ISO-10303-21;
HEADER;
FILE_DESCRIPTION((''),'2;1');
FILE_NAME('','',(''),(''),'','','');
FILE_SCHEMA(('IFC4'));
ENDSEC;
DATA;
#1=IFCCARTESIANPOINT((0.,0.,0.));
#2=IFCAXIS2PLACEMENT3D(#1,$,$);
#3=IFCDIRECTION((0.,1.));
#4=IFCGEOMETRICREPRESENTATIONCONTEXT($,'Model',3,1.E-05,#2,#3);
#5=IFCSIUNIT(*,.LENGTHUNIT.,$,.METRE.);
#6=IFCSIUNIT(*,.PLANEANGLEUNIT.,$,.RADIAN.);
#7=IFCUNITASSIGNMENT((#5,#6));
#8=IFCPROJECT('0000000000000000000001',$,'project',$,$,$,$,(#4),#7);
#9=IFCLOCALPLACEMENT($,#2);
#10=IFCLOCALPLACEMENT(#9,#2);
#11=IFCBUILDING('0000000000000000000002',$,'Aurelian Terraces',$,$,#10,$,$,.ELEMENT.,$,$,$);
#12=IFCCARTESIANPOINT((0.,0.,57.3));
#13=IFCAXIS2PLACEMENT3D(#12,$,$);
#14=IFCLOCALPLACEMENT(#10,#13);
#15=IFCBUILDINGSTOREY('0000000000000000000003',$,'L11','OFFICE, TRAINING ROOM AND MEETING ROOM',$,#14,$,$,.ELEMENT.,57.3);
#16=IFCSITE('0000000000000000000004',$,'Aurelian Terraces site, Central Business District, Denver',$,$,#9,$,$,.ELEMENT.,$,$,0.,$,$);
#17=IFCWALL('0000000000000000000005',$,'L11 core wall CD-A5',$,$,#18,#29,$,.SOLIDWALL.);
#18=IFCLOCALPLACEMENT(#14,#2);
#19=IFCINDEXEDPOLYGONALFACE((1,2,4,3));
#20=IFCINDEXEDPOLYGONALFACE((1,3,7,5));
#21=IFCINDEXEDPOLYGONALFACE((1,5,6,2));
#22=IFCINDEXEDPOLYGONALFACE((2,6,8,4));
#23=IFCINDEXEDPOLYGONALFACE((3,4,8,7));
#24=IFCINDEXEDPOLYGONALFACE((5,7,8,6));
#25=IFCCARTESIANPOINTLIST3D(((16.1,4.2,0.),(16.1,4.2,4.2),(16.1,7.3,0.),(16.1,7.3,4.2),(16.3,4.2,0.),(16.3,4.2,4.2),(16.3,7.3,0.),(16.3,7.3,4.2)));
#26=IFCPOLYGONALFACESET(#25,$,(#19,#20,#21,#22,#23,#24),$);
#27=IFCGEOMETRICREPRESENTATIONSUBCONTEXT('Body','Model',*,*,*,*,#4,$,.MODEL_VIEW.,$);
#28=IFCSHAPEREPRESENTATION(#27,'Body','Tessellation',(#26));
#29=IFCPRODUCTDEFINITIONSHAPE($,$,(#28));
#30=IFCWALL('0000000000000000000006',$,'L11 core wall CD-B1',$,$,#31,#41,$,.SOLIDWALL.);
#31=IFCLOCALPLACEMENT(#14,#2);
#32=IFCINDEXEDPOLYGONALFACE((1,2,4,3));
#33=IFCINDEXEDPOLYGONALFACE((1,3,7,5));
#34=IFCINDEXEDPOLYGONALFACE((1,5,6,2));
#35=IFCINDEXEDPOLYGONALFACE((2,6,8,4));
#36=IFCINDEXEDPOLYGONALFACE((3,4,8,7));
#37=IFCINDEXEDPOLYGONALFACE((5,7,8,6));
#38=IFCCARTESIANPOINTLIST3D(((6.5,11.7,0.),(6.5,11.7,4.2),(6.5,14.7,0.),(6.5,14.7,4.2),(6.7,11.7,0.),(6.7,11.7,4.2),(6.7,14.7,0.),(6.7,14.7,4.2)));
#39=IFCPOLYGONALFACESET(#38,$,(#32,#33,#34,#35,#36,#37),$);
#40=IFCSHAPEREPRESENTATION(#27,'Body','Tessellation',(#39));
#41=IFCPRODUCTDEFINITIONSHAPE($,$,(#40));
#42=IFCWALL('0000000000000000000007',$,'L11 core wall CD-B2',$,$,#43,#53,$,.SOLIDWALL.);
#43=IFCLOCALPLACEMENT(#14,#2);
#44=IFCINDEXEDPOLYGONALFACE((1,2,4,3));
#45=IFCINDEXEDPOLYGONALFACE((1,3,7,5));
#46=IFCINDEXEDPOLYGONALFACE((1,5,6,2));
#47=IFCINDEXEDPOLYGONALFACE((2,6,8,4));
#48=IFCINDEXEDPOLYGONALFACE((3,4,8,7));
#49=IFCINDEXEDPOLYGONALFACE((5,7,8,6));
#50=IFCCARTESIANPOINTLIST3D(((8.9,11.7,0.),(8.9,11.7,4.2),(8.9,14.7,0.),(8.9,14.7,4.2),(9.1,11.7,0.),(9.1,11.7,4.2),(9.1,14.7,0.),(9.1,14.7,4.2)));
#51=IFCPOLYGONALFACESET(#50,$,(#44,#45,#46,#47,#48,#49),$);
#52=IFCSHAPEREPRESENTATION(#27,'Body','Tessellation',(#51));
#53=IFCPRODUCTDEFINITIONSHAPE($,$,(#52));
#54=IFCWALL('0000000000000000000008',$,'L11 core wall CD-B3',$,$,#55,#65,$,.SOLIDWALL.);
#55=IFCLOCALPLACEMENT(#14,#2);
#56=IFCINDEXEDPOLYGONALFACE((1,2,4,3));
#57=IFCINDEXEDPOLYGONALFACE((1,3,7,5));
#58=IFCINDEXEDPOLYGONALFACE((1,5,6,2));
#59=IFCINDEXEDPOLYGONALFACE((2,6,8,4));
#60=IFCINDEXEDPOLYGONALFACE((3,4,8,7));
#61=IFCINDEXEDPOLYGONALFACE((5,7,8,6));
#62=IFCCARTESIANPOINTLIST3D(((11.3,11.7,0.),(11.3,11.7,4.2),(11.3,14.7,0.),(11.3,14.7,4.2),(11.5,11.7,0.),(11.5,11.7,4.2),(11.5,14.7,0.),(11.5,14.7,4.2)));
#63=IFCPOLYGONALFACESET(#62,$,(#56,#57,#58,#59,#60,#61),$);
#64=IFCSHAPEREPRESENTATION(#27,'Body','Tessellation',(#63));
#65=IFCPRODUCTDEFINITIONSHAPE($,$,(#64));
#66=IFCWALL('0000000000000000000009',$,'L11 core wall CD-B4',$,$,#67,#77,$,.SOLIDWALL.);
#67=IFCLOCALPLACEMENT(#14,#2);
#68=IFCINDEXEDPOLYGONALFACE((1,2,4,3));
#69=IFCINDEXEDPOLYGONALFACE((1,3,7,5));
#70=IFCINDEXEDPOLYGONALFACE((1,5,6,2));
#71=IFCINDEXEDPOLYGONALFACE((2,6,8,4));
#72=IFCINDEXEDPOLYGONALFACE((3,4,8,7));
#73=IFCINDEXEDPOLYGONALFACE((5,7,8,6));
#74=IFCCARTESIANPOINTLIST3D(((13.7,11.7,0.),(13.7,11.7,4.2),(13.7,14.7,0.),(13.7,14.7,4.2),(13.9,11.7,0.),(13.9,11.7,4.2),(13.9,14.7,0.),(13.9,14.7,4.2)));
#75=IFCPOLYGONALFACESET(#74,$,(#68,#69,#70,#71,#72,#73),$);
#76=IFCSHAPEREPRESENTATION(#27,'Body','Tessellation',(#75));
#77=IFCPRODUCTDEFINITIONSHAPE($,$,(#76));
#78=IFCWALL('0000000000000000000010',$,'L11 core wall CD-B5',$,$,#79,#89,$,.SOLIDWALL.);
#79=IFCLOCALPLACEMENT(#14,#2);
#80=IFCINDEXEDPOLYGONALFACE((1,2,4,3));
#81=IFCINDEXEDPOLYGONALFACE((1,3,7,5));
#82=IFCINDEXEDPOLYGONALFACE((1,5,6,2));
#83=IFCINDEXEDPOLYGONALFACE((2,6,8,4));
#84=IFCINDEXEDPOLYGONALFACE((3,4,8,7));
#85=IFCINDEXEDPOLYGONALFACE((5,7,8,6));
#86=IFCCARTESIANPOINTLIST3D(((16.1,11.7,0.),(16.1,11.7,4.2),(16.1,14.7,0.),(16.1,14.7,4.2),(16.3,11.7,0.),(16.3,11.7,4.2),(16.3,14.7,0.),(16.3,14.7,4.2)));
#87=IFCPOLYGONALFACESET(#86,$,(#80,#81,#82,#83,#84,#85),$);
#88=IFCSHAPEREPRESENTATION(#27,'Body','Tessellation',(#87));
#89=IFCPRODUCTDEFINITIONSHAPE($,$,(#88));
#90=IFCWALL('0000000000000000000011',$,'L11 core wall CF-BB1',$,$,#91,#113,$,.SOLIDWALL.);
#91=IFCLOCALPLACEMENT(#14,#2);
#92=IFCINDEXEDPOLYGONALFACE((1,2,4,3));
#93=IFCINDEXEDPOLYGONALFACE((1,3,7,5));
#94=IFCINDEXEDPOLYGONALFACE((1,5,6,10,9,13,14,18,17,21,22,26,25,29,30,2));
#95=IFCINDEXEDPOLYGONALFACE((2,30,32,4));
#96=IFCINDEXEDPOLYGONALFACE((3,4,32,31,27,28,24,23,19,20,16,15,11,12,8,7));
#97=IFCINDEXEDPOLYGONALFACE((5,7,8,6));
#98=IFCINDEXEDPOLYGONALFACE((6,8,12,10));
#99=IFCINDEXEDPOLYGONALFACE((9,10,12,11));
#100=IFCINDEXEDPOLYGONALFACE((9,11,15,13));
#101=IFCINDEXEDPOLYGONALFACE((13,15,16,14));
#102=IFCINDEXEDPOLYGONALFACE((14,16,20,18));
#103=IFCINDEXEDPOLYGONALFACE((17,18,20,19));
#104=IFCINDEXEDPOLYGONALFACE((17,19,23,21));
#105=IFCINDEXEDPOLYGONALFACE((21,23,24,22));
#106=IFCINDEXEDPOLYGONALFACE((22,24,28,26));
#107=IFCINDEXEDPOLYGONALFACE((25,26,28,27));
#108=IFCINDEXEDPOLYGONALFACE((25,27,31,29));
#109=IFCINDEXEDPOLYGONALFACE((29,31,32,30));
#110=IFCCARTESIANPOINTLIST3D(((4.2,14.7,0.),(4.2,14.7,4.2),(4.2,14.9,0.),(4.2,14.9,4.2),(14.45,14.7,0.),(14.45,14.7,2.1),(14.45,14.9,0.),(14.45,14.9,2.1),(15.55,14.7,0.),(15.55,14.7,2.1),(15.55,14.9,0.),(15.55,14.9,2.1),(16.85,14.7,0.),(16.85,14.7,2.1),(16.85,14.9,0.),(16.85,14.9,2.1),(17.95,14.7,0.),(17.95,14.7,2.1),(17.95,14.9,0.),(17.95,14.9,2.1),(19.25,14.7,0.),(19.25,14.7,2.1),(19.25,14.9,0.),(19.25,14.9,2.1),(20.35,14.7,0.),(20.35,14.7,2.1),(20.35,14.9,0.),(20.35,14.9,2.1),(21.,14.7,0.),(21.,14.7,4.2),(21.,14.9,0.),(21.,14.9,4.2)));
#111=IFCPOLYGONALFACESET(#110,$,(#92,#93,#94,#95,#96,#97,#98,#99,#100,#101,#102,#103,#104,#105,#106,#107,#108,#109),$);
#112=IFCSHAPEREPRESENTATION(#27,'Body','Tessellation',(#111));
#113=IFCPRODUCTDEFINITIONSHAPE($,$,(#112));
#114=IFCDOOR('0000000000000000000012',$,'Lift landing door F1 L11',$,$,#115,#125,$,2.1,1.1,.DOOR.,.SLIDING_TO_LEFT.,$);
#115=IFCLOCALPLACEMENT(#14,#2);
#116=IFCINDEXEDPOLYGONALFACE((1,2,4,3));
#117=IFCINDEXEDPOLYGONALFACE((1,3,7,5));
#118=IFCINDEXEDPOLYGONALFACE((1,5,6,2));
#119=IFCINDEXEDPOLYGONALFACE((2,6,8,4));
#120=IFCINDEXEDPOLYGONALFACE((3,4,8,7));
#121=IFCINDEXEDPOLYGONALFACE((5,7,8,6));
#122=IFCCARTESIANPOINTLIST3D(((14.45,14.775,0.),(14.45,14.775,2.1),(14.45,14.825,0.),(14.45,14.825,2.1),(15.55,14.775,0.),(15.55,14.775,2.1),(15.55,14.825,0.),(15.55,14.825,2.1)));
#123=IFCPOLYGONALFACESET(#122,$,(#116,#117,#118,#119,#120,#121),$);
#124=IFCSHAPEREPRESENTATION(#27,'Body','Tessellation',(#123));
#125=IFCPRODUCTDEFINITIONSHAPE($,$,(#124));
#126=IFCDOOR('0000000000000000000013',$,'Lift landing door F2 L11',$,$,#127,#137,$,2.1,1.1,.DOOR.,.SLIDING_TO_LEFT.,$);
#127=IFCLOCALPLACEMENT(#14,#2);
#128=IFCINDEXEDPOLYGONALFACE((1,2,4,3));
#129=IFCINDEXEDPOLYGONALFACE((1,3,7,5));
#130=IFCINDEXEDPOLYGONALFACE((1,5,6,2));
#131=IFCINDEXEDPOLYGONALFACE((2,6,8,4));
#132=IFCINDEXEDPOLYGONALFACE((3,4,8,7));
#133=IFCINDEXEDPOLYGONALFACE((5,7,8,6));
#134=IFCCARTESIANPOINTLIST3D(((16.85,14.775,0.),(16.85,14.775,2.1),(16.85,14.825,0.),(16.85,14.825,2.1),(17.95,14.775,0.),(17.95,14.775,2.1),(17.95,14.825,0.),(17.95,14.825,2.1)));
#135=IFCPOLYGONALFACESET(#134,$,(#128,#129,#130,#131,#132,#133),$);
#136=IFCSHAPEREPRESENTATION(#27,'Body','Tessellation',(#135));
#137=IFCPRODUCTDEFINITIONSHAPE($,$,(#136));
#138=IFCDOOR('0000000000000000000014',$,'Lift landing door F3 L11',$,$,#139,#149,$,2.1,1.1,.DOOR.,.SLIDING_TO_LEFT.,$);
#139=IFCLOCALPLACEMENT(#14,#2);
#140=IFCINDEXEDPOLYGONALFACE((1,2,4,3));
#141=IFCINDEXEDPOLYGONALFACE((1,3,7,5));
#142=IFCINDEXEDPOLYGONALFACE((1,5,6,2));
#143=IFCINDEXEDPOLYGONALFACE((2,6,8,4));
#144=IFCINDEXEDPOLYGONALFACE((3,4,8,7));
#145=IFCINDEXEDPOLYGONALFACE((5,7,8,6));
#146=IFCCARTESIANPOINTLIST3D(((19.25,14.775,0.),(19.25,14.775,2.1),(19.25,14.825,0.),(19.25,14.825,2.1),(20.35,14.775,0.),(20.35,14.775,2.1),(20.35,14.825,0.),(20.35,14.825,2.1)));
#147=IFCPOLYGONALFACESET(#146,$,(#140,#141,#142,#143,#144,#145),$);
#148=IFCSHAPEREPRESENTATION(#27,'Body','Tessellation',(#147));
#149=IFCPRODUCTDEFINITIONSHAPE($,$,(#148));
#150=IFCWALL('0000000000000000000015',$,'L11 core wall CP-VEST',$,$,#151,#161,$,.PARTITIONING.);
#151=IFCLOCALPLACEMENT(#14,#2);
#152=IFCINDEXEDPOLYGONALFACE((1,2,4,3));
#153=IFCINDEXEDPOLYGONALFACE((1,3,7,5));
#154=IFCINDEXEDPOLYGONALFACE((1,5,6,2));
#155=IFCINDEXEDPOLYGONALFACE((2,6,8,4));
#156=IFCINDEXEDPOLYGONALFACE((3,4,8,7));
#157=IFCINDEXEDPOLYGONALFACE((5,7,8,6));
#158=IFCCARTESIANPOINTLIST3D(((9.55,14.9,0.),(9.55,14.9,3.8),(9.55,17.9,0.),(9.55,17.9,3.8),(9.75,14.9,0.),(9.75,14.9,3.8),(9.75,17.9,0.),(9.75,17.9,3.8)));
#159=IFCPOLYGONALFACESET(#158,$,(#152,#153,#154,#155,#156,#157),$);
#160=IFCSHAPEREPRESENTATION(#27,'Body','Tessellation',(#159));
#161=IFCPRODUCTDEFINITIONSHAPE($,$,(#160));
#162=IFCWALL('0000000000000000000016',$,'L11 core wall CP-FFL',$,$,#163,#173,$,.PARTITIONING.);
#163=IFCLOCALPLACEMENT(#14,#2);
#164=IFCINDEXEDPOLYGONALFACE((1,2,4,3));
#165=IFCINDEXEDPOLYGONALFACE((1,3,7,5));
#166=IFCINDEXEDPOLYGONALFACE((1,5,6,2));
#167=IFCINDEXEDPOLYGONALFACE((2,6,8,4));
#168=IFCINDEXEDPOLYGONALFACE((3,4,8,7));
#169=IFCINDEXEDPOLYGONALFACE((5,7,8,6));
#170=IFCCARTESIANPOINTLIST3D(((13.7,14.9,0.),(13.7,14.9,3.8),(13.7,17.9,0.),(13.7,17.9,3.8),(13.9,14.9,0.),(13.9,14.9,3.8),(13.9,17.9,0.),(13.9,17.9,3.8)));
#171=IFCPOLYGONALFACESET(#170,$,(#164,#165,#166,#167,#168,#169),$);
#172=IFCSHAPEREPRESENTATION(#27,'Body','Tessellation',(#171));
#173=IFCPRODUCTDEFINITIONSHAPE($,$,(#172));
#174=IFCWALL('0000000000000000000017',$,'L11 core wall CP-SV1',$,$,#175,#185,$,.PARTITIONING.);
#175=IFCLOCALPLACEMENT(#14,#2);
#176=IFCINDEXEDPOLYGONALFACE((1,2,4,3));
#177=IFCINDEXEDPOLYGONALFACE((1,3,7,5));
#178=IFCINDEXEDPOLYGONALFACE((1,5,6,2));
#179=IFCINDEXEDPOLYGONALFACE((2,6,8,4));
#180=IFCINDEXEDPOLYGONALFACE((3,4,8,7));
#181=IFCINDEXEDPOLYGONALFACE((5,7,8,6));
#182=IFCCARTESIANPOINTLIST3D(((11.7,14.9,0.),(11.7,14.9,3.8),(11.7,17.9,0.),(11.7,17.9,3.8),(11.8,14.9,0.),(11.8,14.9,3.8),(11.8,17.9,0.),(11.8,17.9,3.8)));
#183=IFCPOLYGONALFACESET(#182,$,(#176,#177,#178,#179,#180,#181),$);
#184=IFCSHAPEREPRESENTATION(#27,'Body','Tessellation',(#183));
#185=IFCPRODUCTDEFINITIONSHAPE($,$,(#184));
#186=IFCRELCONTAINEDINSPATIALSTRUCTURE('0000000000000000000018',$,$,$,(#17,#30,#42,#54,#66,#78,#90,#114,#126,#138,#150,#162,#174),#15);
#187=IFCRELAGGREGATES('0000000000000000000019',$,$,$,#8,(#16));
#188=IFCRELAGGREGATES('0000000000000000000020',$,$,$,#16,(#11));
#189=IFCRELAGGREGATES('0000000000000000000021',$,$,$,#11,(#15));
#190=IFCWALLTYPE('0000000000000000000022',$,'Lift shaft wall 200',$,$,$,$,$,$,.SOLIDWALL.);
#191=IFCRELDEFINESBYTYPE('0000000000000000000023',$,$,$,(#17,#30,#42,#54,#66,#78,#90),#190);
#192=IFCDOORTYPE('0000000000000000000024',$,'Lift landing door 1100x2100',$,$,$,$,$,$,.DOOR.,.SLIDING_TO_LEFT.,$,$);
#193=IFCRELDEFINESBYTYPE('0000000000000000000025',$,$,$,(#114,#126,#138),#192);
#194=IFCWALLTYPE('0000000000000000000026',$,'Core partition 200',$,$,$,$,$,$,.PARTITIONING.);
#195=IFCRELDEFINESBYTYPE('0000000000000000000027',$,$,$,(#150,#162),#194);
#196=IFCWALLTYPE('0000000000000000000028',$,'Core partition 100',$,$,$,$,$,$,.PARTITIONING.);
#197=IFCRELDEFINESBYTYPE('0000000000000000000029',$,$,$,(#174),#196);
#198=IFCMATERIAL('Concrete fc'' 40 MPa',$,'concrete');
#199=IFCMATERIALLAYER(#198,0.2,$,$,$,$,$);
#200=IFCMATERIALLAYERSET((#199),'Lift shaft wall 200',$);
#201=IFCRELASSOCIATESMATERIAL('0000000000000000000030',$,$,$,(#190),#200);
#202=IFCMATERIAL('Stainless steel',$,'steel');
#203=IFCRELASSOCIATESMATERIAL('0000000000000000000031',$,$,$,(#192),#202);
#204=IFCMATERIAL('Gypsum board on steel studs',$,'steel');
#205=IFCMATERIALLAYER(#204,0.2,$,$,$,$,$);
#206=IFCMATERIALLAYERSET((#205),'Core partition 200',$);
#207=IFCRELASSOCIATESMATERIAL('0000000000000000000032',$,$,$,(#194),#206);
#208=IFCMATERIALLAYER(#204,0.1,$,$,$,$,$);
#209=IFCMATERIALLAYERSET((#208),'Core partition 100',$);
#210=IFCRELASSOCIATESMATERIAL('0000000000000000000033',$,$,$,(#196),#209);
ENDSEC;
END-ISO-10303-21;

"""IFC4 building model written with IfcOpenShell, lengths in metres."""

from ifc_helpers import new_model, si_unit, direction, frame, frame_2d, origin, place, context, subcontext, project, spatial, rectangle, extrude, source, transform, mapped, material, layer, layer_set, type_object, element, fill, save


model = new_model("IFC4")

# Units and contexts
model_context = context("Model", 3, precision=1e-05, world=origin(), true_north=direction((0.0, 1.0)))
body_context = subcontext(model_context, "Body", "Model", "MODEL_VIEW")
ifc_project = project(units=[si_unit("LENGTHUNIT", "METRE"), si_unit("PLANEANGLEUNIT", "RADIAN")], contexts=[model_context])

# Site, building, storey
site_placement = place(None, origin())
site = spatial("IfcSite", under=ifc_project, at=site_placement, Name="Aurelian Terraces site, Central Business District, Denver", CompositionType="ELEMENT", RefElevation=0.0)
building_placement = place(site_placement, origin())
building = spatial("IfcBuilding", under=site, at=building_placement, Name="Aurelian Terraces", CompositionType="ELEMENT")
storey_placement = place(building_placement, frame((0.0, 0.0, 57.3)))
storey = spatial("IfcBuildingStorey", under=building, at=storey_placement, Name="L11", Description="OFFICE, TRAINING ROOM AND MEETING ROOM", CompositionType="ELEMENT", Elevation=57.3)

# Walls
ifc_material_1 = material(Name="Concrete fc' 40 MPa", Category="concrete")
ifc_layer_1 = layer(ifc_material_1, 0.2)
ifc_layer_set_1 = layer_set([ifc_layer_1], Name="Lift shaft wall 200")
wall_type_1 = type_object("IfcWallType", Name="Lift shaft wall 200", PredefinedType="SOLIDWALL", material=ifc_layer_set_1)
shared_shape_1 = source(origin(), body_context, "Body", "SweptSolid", [
    extrude(rectangle(XDim=3.1, YDim=0.2, at=frame_2d((1.55, 0.0))), origin(), (0.0, 0.0, 1.0), 4.2),
])
wall_1_placement = place(storey_placement, frame((16.2, 4.2, 0.0), z_axis=(0.0, 0.0, 1.0), x_axis=(0.0, 1.0, 0.0)))
element("IfcWall", 1, at=wall_1_placement, inside=storey, type_object=wall_type_1, Name="L11 core wall CD-A5", PredefinedType="SOLIDWALL", context=body_context, shape_type="MappedRepresentation", body=[
    mapped(shared_shape_1, transform((0.0, 0.0, 0.0), scale=1.0)),
])
shared_shape_2 = source(origin(), body_context, "Body", "SweptSolid", [
    extrude(rectangle(XDim=3.0, YDim=0.2, at=frame_2d((1.5, 0.0))), origin(), (0.0, 0.0, 1.0), 4.2),
])
for number, where, z_axis, x_axis, name in (
    (2, (6.6, 11.7, 0.0), (0.0, 0.0, 1.0), (0.0, 1.0, 0.0), "L11 core wall CD-B1"),
    (3, (9.0, 11.7, 0.0), (0.0, 0.0, 1.0), (0.0, 1.0, 0.0), "L11 core wall CD-B2"),
    (4, (11.4, 11.7, 0.0), (0.0, 0.0, 1.0), (0.0, 1.0, 0.0), "L11 core wall CD-B3"),
    (5, (13.8, 11.7, 0.0), (0.0, 0.0, 1.0), (0.0, 1.0, 0.0), "L11 core wall CD-B4"),
    (6, (16.2, 11.7, 0.0), (0.0, 0.0, 1.0), (0.0, 1.0, 0.0), "L11 core wall CD-B5"),
):
    element("IfcWall", number, at=place(storey_placement, frame(where, z_axis=z_axis, x_axis=x_axis)), inside=storey, type_object=wall_type_1, Name=name, PredefinedType="SOLIDWALL", context=body_context, shape_type="MappedRepresentation", body=[
        mapped(shared_shape_2, transform((0.0, 0.0, 0.0), scale=1.0)),
    ])

# Wall, openings, doors
shared_shape_3 = source(origin(), body_context, "Body", "SweptSolid", [
    extrude(rectangle(XDim=16.8, YDim=0.2, at=frame_2d((8.4, 0.0))), origin(), (0.0, 0.0, 1.0), 4.2),
])
wall_2_placement = place(storey_placement, frame((4.2, 14.8, 0.0), z_axis=(0.0, 0.0, 1.0), x_axis=(1.0, 0.0, 0.0)))
wall_2 = element("IfcWall", 7, at=wall_2_placement, inside=storey, type_object=wall_type_1, Name="L11 core wall CF-BB1", PredefinedType="SOLIDWALL", context=body_context, shape_type="MappedRepresentation", body=[
    mapped(shared_shape_3, transform((0.0, 0.0, 0.0), scale=1.0)),
])
shared_shape_4 = source(origin(), body_context, "Body", "SweptSolid", [
    extrude(rectangle(XDim=1.1, YDim=2.1, at=frame_2d((0.55, 1.05))), frame((0.0, 0.11, 0.0), z_axis=(0.0, -1.0, 0.0), x_axis=(1.0, 0.0, 0.0)), (0.0, 0.0, 1.0), 0.22),
])
opening_1_placement = place(wall_2_placement, frame((10.25, 0.0, 0.0)))
opening_1 = element("IfcOpeningElement", 8, at=opening_1_placement, cuts=wall_2, PredefinedType="OPENING", context=body_context, shape_type="MappedRepresentation", body=[
    mapped(shared_shape_4, transform((0.0, 0.0, 0.0), scale=1.0)),
])
opening_2_placement = place(wall_2_placement, frame((12.65, 0.0, 0.0)))
opening_2 = element("IfcOpeningElement", 9, at=opening_2_placement, cuts=wall_2, PredefinedType="OPENING", context=body_context, shape_type="MappedRepresentation", body=[
    mapped(shared_shape_4, transform((0.0, 0.0, 0.0), scale=1.0)),
])
opening_3_placement = place(wall_2_placement, frame((15.05, 0.0, 0.0)))
opening_3 = element("IfcOpeningElement", 10, at=opening_3_placement, cuts=wall_2, PredefinedType="OPENING", context=body_context, shape_type="MappedRepresentation", body=[
    mapped(shared_shape_4, transform((0.0, 0.0, 0.0), scale=1.0)),
])
ifc_material_2 = material(Name="Stainless steel", Category="steel")
door_type_1 = type_object("IfcDoorType", Name="Lift landing door 1100x2100", OperationType="SLIDING_TO_LEFT", PredefinedType="DOOR", material=ifc_material_2)
shared_shape_5 = source(origin(), body_context, "Body", "SweptSolid", [
    extrude(rectangle(XDim=1.1, YDim=2.1, at=frame_2d((0.55, 1.05))), frame((0.0, 0.025, 0.0), z_axis=(0.0, -1.0, 0.0), x_axis=(1.0, 0.0, 0.0)), (0.0, 0.0, 1.0), 0.05),
])
door_1_placement = place(opening_1_placement, origin())
door_1 = element("IfcDoor", 11, at=door_1_placement, inside=storey, type_object=door_type_1, Name="Lift landing door F1 L11", OperationType="SLIDING_TO_LEFT", OverallHeight=2.1, OverallWidth=1.1, PredefinedType="DOOR", context=body_context, shape_type="MappedRepresentation", body=[
    mapped(shared_shape_5, transform((0.0, 0.0, 0.0), scale=1.0)),
])
fill(opening_1, door_1)
door_2_placement = place(opening_2_placement, origin())
door_2 = element("IfcDoor", 12, at=door_2_placement, inside=storey, type_object=door_type_1, Name="Lift landing door F2 L11", OperationType="SLIDING_TO_LEFT", OverallHeight=2.1, OverallWidth=1.1, PredefinedType="DOOR", context=body_context, shape_type="MappedRepresentation", body=[
    mapped(shared_shape_5, transform((0.0, 0.0, 0.0), scale=1.0)),
])
fill(opening_2, door_2)
door_3_placement = place(opening_3_placement, origin())
door_3 = element("IfcDoor", 13, at=door_3_placement, inside=storey, type_object=door_type_1, Name="Lift landing door F3 L11", OperationType="SLIDING_TO_LEFT", OverallHeight=2.1, OverallWidth=1.1, PredefinedType="DOOR", context=body_context, shape_type="MappedRepresentation", body=[
    mapped(shared_shape_5, transform((0.0, 0.0, 0.0), scale=1.0)),
])
fill(opening_3, door_3)

# Walls
ifc_material_3 = material(Name="Gypsum board on steel studs", Category="steel")
ifc_layer_2 = layer(ifc_material_3, 0.2)
ifc_layer_set_2 = layer_set([ifc_layer_2], Name="Core partition 200")
wall_type_2 = type_object("IfcWallType", Name="Core partition 200", PredefinedType="PARTITIONING", material=ifc_layer_set_2)
shared_shape_6 = source(origin(), body_context, "Body", "SweptSolid", [
    extrude(rectangle(XDim=3.0, YDim=0.2, at=frame_2d((1.5, 0.0))), origin(), (0.0, 0.0, 1.0), 3.8),
])
for number, where, z_axis, x_axis, name in (
    (14, (9.65, 14.9, 0.0), (0.0, 0.0, 1.0), (0.0, 1.0, 0.0), "L11 core wall CP-VEST"),
    (15, (13.8, 14.9, 0.0), (0.0, 0.0, 1.0), (0.0, 1.0, 0.0), "L11 core wall CP-FFL"),
):
    element("IfcWall", number, at=place(storey_placement, frame(where, z_axis=z_axis, x_axis=x_axis)), inside=storey, type_object=wall_type_2, Name=name, PredefinedType="PARTITIONING", context=body_context, shape_type="MappedRepresentation", body=[
        mapped(shared_shape_6, transform((0.0, 0.0, 0.0), scale=1.0)),
    ])
ifc_layer_3 = layer(ifc_material_3, 0.1)
ifc_layer_set_3 = layer_set([ifc_layer_3], Name="Core partition 100")
wall_type_3 = type_object("IfcWallType", Name="Core partition 100", PredefinedType="PARTITIONING", material=ifc_layer_set_3)
shared_shape_7 = source(origin(), body_context, "Body", "SweptSolid", [
    extrude(rectangle(XDim=3.0, YDim=0.1, at=frame_2d((1.5, 0.0))), origin(), (0.0, 0.0, 1.0), 3.8),
])
wall_3_placement = place(storey_placement, frame((11.75, 14.9, 0.0), z_axis=(0.0, 0.0, 1.0), x_axis=(0.0, 1.0, 0.0)))
element("IfcWall", 16, at=wall_3_placement, inside=storey, type_object=wall_type_3, Name="L11 core wall CP-SV1", PredefinedType="PARTITIONING", context=body_context, shape_type="MappedRepresentation", body=[
    mapped(shared_shape_7, transform((0.0, 0.0, 0.0), scale=1.0)),
])

save(model, "model.ifc")
